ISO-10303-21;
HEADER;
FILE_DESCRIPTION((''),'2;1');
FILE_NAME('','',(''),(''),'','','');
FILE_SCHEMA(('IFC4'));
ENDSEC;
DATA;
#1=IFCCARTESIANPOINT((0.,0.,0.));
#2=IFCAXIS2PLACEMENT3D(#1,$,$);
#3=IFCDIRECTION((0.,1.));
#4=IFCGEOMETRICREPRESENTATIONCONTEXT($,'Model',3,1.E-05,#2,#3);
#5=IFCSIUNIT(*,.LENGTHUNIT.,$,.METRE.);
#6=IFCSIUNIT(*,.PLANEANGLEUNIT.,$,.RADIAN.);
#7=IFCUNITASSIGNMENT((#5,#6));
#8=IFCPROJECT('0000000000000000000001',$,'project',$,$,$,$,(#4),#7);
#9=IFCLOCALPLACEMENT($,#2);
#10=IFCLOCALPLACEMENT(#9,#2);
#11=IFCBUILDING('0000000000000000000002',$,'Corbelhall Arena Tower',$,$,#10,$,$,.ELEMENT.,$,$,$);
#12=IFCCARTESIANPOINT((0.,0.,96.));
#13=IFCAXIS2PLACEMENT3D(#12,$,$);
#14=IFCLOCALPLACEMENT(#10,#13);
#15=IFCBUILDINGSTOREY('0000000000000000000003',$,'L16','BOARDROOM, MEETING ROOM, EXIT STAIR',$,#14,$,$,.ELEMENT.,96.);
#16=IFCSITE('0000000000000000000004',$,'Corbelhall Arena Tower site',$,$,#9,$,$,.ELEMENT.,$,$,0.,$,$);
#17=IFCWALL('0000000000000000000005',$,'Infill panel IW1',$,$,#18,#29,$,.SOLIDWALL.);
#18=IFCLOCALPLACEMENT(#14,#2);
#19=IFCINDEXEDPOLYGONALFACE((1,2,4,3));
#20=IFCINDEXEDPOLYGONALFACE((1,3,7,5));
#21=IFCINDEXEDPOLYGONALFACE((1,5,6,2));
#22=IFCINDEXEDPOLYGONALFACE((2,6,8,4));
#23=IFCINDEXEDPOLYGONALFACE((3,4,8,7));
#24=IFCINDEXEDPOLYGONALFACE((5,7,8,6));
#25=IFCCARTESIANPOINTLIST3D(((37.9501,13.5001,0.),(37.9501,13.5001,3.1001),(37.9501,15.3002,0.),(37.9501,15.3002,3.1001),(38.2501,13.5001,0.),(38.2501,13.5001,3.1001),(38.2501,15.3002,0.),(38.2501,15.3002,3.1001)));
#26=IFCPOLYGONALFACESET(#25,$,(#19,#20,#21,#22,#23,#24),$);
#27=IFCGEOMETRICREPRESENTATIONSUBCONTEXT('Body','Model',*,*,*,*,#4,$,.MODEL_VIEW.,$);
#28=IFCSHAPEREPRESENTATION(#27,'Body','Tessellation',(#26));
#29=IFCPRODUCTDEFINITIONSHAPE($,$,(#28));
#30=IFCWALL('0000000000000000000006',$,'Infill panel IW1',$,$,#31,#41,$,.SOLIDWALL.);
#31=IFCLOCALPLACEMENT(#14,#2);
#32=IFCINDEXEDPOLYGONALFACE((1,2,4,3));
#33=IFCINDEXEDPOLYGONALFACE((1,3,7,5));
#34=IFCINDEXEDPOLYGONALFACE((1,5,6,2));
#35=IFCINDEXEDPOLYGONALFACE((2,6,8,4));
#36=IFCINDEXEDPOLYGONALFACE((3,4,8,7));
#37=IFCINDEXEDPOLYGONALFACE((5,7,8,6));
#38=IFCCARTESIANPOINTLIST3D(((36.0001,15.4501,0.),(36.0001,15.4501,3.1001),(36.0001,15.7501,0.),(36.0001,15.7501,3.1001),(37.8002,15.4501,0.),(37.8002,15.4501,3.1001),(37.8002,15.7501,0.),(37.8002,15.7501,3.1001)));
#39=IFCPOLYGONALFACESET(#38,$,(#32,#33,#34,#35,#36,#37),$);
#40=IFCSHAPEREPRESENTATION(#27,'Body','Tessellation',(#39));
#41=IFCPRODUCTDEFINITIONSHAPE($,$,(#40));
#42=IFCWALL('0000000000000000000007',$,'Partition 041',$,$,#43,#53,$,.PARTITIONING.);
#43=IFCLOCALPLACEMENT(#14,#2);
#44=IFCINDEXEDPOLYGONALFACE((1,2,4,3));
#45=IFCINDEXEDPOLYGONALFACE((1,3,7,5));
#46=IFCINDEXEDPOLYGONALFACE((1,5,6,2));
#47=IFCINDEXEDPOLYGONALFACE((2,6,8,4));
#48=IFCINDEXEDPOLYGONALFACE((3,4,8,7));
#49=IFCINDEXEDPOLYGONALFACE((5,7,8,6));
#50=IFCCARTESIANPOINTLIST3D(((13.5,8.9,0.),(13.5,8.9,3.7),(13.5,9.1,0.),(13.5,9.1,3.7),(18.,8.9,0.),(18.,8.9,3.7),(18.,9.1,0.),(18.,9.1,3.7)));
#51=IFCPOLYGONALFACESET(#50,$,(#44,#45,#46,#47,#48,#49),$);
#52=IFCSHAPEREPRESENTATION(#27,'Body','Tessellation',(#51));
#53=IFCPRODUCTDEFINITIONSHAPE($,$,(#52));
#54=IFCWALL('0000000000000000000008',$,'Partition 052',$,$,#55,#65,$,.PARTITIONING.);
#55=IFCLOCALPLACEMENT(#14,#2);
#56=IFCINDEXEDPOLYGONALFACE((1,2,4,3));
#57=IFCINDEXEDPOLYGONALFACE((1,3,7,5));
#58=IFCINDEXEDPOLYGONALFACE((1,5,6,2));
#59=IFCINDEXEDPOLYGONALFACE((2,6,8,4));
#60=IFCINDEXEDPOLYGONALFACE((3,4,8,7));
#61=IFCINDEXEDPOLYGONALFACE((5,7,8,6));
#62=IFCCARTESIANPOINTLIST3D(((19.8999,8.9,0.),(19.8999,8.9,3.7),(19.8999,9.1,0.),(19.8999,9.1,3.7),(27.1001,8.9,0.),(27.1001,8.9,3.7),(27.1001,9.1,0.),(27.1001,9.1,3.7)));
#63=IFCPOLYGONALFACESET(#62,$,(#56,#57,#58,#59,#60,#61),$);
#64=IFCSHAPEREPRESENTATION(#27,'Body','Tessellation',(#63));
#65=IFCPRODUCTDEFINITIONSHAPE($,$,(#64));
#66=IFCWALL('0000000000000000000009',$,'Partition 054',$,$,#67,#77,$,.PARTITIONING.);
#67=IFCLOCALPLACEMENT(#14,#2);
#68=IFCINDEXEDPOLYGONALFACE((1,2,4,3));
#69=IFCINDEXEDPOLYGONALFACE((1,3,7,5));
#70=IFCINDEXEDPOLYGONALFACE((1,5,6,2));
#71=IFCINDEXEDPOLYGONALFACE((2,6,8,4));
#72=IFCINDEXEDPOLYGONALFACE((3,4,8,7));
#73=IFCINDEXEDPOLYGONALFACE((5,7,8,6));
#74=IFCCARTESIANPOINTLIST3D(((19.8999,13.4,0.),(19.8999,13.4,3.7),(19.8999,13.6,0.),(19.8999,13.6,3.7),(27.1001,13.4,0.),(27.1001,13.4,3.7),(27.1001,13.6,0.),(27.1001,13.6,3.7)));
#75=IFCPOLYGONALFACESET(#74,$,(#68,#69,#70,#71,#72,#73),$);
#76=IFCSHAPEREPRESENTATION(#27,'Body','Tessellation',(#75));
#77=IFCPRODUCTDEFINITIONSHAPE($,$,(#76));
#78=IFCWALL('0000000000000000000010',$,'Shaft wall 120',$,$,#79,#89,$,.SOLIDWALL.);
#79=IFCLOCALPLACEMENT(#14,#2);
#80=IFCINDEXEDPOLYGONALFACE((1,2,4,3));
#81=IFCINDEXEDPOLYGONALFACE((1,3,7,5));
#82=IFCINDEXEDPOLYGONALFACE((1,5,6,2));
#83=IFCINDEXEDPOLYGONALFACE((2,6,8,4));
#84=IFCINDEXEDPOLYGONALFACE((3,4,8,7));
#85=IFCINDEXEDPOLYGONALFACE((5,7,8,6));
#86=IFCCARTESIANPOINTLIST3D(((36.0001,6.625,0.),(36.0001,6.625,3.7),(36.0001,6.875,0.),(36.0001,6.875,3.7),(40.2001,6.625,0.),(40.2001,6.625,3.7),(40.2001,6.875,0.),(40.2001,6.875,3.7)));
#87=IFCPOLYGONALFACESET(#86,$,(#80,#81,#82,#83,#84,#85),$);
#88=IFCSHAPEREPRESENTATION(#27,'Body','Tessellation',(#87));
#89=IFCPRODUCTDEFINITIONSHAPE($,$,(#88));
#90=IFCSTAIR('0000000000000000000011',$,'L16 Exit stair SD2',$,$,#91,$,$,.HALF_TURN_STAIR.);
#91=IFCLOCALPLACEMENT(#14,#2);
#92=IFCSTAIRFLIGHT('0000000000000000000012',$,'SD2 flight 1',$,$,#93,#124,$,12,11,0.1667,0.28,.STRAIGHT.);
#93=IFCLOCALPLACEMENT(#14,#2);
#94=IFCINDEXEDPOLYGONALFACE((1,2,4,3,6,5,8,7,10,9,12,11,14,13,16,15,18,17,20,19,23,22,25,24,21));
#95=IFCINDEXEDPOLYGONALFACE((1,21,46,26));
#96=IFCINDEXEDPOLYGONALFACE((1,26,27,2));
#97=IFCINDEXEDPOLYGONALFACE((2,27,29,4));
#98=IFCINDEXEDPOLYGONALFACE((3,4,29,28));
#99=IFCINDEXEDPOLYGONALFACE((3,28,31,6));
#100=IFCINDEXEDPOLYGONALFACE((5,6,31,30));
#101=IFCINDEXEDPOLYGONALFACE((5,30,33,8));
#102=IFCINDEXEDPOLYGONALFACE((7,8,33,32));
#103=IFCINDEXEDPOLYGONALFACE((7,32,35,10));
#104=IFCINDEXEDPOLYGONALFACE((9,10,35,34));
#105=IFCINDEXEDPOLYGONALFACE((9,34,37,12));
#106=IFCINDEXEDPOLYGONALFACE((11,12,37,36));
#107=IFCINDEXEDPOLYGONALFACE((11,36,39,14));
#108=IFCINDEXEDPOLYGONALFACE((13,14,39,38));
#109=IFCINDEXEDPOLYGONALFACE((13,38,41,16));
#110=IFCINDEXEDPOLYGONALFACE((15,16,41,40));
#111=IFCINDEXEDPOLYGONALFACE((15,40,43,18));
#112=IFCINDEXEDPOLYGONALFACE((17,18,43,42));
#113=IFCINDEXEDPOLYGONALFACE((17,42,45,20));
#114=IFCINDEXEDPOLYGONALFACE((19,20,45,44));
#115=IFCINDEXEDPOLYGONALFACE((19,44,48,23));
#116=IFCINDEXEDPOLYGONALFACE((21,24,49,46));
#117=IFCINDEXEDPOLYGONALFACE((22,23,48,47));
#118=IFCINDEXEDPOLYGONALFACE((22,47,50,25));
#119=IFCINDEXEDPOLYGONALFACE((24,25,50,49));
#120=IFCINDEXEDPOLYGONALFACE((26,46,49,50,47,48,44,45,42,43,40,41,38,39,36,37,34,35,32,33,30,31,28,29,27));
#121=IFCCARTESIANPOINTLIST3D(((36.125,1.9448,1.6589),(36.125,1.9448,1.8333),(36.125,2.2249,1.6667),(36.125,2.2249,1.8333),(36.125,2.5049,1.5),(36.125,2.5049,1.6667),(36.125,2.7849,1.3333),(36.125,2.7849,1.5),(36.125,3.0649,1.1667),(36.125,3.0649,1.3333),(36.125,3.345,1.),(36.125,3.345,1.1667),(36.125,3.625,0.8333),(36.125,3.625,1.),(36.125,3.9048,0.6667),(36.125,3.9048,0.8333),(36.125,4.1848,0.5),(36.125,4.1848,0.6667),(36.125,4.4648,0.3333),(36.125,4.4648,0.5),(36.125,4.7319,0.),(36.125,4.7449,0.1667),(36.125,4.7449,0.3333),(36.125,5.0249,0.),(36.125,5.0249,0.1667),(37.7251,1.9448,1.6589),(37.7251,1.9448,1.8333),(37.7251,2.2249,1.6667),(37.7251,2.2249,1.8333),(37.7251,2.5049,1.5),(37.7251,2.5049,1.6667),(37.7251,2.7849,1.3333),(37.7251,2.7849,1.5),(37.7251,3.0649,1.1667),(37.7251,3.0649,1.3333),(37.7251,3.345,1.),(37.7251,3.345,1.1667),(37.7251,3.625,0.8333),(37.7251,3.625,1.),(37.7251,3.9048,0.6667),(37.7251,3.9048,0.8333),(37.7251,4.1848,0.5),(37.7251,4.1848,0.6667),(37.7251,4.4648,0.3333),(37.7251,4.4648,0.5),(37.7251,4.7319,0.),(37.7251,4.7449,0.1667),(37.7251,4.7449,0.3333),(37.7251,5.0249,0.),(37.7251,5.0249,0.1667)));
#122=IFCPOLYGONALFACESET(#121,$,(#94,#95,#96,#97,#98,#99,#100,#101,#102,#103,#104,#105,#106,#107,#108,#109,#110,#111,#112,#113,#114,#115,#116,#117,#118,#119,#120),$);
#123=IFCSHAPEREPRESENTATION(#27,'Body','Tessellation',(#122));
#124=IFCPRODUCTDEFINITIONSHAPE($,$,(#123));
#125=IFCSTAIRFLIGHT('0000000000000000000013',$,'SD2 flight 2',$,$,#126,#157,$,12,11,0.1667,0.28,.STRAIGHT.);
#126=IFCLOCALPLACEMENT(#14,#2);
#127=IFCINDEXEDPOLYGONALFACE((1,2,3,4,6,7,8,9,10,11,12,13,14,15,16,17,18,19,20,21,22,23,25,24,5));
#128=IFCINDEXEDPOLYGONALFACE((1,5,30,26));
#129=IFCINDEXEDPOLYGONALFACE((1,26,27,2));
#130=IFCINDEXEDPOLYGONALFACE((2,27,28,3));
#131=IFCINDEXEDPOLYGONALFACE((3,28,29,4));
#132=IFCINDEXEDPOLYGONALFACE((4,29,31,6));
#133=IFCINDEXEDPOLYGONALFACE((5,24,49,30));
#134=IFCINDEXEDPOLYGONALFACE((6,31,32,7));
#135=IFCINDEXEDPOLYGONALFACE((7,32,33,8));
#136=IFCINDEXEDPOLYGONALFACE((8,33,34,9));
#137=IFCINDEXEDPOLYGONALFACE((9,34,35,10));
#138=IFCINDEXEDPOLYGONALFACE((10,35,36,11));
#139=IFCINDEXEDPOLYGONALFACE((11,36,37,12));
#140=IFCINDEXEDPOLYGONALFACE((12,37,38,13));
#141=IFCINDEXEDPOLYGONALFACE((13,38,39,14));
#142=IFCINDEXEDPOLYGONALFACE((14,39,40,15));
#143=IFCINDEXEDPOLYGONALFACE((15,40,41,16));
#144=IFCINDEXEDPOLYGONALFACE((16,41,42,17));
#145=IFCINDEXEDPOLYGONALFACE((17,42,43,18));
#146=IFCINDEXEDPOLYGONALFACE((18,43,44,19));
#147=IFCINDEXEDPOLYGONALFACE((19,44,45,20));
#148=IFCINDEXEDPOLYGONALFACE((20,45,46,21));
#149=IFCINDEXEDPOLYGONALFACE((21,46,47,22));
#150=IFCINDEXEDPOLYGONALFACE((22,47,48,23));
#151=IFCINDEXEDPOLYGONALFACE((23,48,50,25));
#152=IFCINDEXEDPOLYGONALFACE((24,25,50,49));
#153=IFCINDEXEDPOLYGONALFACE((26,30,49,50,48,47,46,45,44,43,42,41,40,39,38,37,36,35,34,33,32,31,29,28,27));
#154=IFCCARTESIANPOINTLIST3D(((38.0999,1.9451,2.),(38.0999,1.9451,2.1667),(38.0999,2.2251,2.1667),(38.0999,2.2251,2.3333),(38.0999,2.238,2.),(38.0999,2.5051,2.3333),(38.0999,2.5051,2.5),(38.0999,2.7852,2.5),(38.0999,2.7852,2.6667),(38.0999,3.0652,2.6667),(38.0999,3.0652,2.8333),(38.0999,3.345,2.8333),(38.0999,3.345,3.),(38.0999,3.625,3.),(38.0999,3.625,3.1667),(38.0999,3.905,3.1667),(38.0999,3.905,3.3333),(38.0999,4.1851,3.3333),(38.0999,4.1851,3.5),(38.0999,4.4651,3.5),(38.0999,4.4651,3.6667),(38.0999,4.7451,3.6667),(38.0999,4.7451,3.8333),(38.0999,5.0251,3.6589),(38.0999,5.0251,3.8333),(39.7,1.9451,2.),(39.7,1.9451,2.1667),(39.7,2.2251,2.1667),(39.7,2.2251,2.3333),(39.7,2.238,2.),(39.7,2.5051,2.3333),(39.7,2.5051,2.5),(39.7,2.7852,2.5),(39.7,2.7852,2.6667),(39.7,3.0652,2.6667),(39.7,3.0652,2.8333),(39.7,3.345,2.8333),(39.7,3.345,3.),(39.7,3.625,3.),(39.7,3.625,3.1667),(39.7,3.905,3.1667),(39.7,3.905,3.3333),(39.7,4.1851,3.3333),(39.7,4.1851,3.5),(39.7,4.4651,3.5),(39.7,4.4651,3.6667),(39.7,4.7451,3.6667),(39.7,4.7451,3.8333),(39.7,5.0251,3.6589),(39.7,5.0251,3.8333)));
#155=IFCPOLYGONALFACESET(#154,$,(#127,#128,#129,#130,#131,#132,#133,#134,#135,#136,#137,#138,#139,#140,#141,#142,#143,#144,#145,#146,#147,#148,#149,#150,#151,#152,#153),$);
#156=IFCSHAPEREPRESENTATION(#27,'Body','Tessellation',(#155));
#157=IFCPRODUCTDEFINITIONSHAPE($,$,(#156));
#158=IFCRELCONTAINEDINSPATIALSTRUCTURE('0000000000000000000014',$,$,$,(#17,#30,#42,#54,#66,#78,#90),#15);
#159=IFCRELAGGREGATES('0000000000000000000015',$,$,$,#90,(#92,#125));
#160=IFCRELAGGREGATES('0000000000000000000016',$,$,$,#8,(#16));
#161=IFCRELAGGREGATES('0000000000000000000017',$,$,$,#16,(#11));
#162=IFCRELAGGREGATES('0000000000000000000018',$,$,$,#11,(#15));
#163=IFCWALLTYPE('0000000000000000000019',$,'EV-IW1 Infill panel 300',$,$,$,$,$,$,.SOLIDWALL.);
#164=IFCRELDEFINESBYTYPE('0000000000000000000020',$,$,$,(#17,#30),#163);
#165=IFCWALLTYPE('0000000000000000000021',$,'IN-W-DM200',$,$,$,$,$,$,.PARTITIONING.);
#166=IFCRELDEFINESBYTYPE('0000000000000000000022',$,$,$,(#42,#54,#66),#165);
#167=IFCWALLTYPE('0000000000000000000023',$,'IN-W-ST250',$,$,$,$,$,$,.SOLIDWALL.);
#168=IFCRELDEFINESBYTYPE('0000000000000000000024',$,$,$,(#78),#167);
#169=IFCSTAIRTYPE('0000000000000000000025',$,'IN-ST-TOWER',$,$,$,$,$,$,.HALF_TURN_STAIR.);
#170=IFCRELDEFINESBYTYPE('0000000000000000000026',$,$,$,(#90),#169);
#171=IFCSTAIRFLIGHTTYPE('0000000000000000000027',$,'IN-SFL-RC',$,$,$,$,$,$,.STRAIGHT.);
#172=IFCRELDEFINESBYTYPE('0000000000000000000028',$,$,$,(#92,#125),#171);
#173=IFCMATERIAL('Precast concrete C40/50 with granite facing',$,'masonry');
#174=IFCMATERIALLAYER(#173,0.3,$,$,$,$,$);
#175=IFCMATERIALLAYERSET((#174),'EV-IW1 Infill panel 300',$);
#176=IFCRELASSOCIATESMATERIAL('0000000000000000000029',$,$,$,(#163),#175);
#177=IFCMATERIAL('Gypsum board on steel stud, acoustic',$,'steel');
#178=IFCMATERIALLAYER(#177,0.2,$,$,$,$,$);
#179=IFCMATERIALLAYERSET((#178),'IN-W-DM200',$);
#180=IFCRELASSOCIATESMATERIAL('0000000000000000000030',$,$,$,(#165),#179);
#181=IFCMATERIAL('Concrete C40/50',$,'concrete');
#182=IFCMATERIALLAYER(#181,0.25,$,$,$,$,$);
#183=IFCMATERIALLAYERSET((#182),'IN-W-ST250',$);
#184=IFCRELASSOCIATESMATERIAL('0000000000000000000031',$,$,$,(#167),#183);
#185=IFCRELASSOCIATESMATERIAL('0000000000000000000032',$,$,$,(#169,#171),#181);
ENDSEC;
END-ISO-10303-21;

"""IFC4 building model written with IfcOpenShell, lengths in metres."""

from ifc_helpers import new_model, si_unit, direction, frame, frame_2d, origin, place, context, subcontext, project, spatial, polyline, rectangle, outline, extrude, material, layer, layer_set, type_object, element, aggregate, save


model = new_model("IFC4")

# Units and contexts
model_context = context("Model", 3, precision=1e-05, world=origin(), true_north=direction((0.0, 1.0)))
body_context = subcontext(model_context, "Body", "Model", "MODEL_VIEW")
ifc_project = project(units=[si_unit("LENGTHUNIT", "METRE"), si_unit("PLANEANGLEUNIT", "RADIAN")], contexts=[model_context])

# Site, building, storey
site_placement = place(None, origin())
site = spatial("IfcSite", under=ifc_project, at=site_placement, Name="Corbelhall Arena Tower site", CompositionType="ELEMENT", RefElevation=0.0)
building_placement = place(site_placement, origin())
building = spatial("IfcBuilding", under=site, at=building_placement, Name="Corbelhall Arena Tower", CompositionType="ELEMENT")
storey_placement = place(building_placement, frame((0.0, 0.0, 96.0)))
storey = spatial("IfcBuildingStorey", under=building, at=storey_placement, Name="L16", Description="BOARDROOM, MEETING ROOM, EXIT STAIR", CompositionType="ELEMENT", Elevation=96.0)

# Walls
ifc_material_1 = material(Name="Precast concrete C40/50 with granite facing", Category="masonry")
ifc_layer_1 = layer(ifc_material_1, 0.3)
ifc_layer_set_1 = layer_set([ifc_layer_1], Name="EV-IW1 Infill panel 300")
wall_type_1 = type_object("IfcWallType", Name="EV-IW1 Infill panel 300", PredefinedType="SOLIDWALL", material=ifc_layer_set_1)
for number, where, z_axis, x_axis, name in (
    (1, (38.1001, 15.3, 0.0), (0.0, 0.0, 1.0), (0.0, -1.0, 0.0), "Infill panel IW1"),
    (2, (37.8, 15.6001, 0.0), (0.0, 0.0, 1.0), (-1.0, 0.0, 0.0), "Infill panel IW1"),
):
    element("IfcWall", number, at=place(storey_placement, frame(where, z_axis=z_axis, x_axis=x_axis)), inside=storey, type_object=wall_type_1, Name=name, PredefinedType="SOLIDWALL", context=body_context, shape_type="SweptSolid", body=[
        extrude(rectangle(XDim=1.8, YDim=0.3, at=frame_2d((0.8999, 0.0))), origin(), (0.0, 0.0, 1.0), 3.1001),
    ])

# Wall
ifc_material_2 = material(Name="Gypsum board on steel stud, acoustic", Category="steel")
ifc_layer_2 = layer(ifc_material_2, 0.2)
ifc_layer_set_2 = layer_set([ifc_layer_2], Name="IN-W-DM200")
wall_type_2 = type_object("IfcWallType", Name="IN-W-DM200", PredefinedType="PARTITIONING", material=ifc_layer_set_2)
wall_1_placement = place(storey_placement, frame((18.0, 9.0, 0.0), z_axis=(0.0, 0.0, 1.0), x_axis=(-1.0, 0.0, 0.0)))
element("IfcWall", 3, at=wall_1_placement, inside=storey, type_object=wall_type_2, Name="Partition 041", PredefinedType="PARTITIONING", context=body_context, shape_type="SweptSolid", body=[
    extrude(rectangle(XDim=4.5, YDim=0.2, at=frame_2d((2.25, 0.0))), origin(), (0.0, 0.0, 1.0), 3.7),
])

# Walls
for number, where, z_axis, x_axis, name in (
    (4, (19.8999, 9.0, 0.0), (0.0, 0.0, 1.0), (1.0, 0.0, 0.0), "Partition 052"),
    (5, (19.8999, 13.5, 0.0), (0.0, 0.0, 1.0), (1.0, 0.0, 0.0), "Partition 054"),
):
    element("IfcWall", number, at=place(storey_placement, frame(where, z_axis=z_axis, x_axis=x_axis)), inside=storey, type_object=wall_type_2, Name=name, PredefinedType="PARTITIONING", context=body_context, shape_type="SweptSolid", body=[
        extrude(rectangle(XDim=7.2002, YDim=0.2, at=frame_2d((3.6001, 0.0))), origin(), (0.0, 0.0, 1.0), 3.7),
    ])

# Wall
ifc_material_3 = material(Name="Concrete C40/50", Category="concrete")
ifc_layer_3 = layer(ifc_material_3, 0.25)
ifc_layer_set_3 = layer_set([ifc_layer_3], Name="IN-W-ST250")
wall_type_3 = type_object("IfcWallType", Name="IN-W-ST250", PredefinedType="SOLIDWALL", material=ifc_layer_set_3)
wall_2_placement = place(storey_placement, frame((36.0, 6.75, 0.0), z_axis=(0.0, 0.0, 1.0), x_axis=(1.0, 0.0, 0.0)))
element("IfcWall", 6, at=wall_2_placement, inside=storey, type_object=wall_type_3, Name="Shaft wall 120", PredefinedType="SOLIDWALL", context=body_context, shape_type="SweptSolid", body=[
    extrude(rectangle(XDim=4.2, YDim=0.25, at=frame_2d((2.1001, 0.0))), origin(), (0.0, 0.0, 1.0), 3.7),
])

# Stair, stair flights
stair_type = type_object("IfcStairType", Name="IN-ST-TOWER", PredefinedType="HALF_TURN_STAIR", material=ifc_material_3)
stair_placement = place(storey_placement, origin())
stair = element("IfcStair", 7, at=stair_placement, inside=storey, type_object=stair_type, Name="L16 Exit stair SD2", PredefinedType="HALF_TURN_STAIR")
stair_flight_type = type_object("IfcStairFlightType", Name="IN-SFL-RC", PredefinedType="STRAIGHT", material=ifc_material_3)
stair_flight_1_placement = place(storey_placement, frame((36.925, 5.0249, 0.0), z_axis=(0.0, 0.0, 1.0), x_axis=(0.0, -1.0, 0.0)))
stair_flight_1 = element("IfcStairFlight", 8, at=stair_flight_1_placement, type_object=stair_flight_type, Name="SD2 flight 1", NumberOfRisers=12, NumberOfTreads=11, PredefinedType="STRAIGHT", RiserHeight=0.1667, TreadLength=0.28, context=body_context, shape_type="SweptSolid", body=[
    extrude(outline(polyline([(0.0, 0.0), (0.0, 0.1667), (0.28, 0.1667), (0.28, 0.3333), (0.5601, 0.3333), (0.5601, 0.5), (0.8401, 0.5), (0.8401, 0.6667), (1.1201, 0.6667), (1.1201, 0.8333), (1.3999, 0.8333), (1.3999, 1.0), (1.6799, 1.0), (1.6799, 1.1667), (1.96, 1.1667), (1.96, 1.3333), (2.24, 1.3333), (2.24, 1.5), (2.52, 1.5), (2.52, 1.6667), (2.8, 1.6667), (2.8, 1.8333), (3.0801, 1.8333), (3.0801, 2.0), (3.0801, 1.6589), (0.293, 0.0), (0.0, 0.0)])), frame((0.0, 0.8, 0.0), z_axis=(0.0, -1.0, 0.0), x_axis=(1.0, 0.0, 0.0)), (0.0, 0.0, 1.0), 1.6001),
])
stair_flight_2_placement = place(storey_placement, frame((38.8999, 1.9451, 2.0), z_axis=(0.0, 0.0, 1.0), x_axis=(0.0, 1.0, 0.0)))
stair_flight_2 = element("IfcStairFlight", 9, at=stair_flight_2_placement, type_object=stair_flight_type, Name="SD2 flight 2", NumberOfRisers=12, NumberOfTreads=11, PredefinedType="STRAIGHT", RiserHeight=0.1667, TreadLength=0.28, context=body_context, shape_type="SweptSolid", body=[
    extrude(outline(polyline([(0.0, 0.0), (0.0, 0.1667), (0.28, 0.1667), (0.28, 0.3333), (0.5601, 0.3333), (0.5601, 0.5), (0.8401, 0.5), (0.8401, 0.6667), (1.1201, 0.6667), (1.1201, 0.8333), (1.3999, 0.8333), (1.3999, 1.0), (1.6799, 1.0), (1.6799, 1.1667), (1.96, 1.1667), (1.96, 1.3333), (2.24, 1.3333), (2.24, 1.5), (2.52, 1.5), (2.52, 1.6667), (2.8, 1.6667), (2.8, 1.8333), (3.0801, 1.8333), (3.0801, 2.0), (3.0801, 1.6589), (0.293, 0.0), (0.0, 0.0)])), frame((0.0, 0.8, 0.0), z_axis=(0.0, -1.0, 0.0), x_axis=(1.0, 0.0, 0.0)), (0.0, 0.0, 1.0), 1.6001),
])
aggregate(stair, [stair_flight_1, stair_flight_2])

save(model, "model.ifc")
